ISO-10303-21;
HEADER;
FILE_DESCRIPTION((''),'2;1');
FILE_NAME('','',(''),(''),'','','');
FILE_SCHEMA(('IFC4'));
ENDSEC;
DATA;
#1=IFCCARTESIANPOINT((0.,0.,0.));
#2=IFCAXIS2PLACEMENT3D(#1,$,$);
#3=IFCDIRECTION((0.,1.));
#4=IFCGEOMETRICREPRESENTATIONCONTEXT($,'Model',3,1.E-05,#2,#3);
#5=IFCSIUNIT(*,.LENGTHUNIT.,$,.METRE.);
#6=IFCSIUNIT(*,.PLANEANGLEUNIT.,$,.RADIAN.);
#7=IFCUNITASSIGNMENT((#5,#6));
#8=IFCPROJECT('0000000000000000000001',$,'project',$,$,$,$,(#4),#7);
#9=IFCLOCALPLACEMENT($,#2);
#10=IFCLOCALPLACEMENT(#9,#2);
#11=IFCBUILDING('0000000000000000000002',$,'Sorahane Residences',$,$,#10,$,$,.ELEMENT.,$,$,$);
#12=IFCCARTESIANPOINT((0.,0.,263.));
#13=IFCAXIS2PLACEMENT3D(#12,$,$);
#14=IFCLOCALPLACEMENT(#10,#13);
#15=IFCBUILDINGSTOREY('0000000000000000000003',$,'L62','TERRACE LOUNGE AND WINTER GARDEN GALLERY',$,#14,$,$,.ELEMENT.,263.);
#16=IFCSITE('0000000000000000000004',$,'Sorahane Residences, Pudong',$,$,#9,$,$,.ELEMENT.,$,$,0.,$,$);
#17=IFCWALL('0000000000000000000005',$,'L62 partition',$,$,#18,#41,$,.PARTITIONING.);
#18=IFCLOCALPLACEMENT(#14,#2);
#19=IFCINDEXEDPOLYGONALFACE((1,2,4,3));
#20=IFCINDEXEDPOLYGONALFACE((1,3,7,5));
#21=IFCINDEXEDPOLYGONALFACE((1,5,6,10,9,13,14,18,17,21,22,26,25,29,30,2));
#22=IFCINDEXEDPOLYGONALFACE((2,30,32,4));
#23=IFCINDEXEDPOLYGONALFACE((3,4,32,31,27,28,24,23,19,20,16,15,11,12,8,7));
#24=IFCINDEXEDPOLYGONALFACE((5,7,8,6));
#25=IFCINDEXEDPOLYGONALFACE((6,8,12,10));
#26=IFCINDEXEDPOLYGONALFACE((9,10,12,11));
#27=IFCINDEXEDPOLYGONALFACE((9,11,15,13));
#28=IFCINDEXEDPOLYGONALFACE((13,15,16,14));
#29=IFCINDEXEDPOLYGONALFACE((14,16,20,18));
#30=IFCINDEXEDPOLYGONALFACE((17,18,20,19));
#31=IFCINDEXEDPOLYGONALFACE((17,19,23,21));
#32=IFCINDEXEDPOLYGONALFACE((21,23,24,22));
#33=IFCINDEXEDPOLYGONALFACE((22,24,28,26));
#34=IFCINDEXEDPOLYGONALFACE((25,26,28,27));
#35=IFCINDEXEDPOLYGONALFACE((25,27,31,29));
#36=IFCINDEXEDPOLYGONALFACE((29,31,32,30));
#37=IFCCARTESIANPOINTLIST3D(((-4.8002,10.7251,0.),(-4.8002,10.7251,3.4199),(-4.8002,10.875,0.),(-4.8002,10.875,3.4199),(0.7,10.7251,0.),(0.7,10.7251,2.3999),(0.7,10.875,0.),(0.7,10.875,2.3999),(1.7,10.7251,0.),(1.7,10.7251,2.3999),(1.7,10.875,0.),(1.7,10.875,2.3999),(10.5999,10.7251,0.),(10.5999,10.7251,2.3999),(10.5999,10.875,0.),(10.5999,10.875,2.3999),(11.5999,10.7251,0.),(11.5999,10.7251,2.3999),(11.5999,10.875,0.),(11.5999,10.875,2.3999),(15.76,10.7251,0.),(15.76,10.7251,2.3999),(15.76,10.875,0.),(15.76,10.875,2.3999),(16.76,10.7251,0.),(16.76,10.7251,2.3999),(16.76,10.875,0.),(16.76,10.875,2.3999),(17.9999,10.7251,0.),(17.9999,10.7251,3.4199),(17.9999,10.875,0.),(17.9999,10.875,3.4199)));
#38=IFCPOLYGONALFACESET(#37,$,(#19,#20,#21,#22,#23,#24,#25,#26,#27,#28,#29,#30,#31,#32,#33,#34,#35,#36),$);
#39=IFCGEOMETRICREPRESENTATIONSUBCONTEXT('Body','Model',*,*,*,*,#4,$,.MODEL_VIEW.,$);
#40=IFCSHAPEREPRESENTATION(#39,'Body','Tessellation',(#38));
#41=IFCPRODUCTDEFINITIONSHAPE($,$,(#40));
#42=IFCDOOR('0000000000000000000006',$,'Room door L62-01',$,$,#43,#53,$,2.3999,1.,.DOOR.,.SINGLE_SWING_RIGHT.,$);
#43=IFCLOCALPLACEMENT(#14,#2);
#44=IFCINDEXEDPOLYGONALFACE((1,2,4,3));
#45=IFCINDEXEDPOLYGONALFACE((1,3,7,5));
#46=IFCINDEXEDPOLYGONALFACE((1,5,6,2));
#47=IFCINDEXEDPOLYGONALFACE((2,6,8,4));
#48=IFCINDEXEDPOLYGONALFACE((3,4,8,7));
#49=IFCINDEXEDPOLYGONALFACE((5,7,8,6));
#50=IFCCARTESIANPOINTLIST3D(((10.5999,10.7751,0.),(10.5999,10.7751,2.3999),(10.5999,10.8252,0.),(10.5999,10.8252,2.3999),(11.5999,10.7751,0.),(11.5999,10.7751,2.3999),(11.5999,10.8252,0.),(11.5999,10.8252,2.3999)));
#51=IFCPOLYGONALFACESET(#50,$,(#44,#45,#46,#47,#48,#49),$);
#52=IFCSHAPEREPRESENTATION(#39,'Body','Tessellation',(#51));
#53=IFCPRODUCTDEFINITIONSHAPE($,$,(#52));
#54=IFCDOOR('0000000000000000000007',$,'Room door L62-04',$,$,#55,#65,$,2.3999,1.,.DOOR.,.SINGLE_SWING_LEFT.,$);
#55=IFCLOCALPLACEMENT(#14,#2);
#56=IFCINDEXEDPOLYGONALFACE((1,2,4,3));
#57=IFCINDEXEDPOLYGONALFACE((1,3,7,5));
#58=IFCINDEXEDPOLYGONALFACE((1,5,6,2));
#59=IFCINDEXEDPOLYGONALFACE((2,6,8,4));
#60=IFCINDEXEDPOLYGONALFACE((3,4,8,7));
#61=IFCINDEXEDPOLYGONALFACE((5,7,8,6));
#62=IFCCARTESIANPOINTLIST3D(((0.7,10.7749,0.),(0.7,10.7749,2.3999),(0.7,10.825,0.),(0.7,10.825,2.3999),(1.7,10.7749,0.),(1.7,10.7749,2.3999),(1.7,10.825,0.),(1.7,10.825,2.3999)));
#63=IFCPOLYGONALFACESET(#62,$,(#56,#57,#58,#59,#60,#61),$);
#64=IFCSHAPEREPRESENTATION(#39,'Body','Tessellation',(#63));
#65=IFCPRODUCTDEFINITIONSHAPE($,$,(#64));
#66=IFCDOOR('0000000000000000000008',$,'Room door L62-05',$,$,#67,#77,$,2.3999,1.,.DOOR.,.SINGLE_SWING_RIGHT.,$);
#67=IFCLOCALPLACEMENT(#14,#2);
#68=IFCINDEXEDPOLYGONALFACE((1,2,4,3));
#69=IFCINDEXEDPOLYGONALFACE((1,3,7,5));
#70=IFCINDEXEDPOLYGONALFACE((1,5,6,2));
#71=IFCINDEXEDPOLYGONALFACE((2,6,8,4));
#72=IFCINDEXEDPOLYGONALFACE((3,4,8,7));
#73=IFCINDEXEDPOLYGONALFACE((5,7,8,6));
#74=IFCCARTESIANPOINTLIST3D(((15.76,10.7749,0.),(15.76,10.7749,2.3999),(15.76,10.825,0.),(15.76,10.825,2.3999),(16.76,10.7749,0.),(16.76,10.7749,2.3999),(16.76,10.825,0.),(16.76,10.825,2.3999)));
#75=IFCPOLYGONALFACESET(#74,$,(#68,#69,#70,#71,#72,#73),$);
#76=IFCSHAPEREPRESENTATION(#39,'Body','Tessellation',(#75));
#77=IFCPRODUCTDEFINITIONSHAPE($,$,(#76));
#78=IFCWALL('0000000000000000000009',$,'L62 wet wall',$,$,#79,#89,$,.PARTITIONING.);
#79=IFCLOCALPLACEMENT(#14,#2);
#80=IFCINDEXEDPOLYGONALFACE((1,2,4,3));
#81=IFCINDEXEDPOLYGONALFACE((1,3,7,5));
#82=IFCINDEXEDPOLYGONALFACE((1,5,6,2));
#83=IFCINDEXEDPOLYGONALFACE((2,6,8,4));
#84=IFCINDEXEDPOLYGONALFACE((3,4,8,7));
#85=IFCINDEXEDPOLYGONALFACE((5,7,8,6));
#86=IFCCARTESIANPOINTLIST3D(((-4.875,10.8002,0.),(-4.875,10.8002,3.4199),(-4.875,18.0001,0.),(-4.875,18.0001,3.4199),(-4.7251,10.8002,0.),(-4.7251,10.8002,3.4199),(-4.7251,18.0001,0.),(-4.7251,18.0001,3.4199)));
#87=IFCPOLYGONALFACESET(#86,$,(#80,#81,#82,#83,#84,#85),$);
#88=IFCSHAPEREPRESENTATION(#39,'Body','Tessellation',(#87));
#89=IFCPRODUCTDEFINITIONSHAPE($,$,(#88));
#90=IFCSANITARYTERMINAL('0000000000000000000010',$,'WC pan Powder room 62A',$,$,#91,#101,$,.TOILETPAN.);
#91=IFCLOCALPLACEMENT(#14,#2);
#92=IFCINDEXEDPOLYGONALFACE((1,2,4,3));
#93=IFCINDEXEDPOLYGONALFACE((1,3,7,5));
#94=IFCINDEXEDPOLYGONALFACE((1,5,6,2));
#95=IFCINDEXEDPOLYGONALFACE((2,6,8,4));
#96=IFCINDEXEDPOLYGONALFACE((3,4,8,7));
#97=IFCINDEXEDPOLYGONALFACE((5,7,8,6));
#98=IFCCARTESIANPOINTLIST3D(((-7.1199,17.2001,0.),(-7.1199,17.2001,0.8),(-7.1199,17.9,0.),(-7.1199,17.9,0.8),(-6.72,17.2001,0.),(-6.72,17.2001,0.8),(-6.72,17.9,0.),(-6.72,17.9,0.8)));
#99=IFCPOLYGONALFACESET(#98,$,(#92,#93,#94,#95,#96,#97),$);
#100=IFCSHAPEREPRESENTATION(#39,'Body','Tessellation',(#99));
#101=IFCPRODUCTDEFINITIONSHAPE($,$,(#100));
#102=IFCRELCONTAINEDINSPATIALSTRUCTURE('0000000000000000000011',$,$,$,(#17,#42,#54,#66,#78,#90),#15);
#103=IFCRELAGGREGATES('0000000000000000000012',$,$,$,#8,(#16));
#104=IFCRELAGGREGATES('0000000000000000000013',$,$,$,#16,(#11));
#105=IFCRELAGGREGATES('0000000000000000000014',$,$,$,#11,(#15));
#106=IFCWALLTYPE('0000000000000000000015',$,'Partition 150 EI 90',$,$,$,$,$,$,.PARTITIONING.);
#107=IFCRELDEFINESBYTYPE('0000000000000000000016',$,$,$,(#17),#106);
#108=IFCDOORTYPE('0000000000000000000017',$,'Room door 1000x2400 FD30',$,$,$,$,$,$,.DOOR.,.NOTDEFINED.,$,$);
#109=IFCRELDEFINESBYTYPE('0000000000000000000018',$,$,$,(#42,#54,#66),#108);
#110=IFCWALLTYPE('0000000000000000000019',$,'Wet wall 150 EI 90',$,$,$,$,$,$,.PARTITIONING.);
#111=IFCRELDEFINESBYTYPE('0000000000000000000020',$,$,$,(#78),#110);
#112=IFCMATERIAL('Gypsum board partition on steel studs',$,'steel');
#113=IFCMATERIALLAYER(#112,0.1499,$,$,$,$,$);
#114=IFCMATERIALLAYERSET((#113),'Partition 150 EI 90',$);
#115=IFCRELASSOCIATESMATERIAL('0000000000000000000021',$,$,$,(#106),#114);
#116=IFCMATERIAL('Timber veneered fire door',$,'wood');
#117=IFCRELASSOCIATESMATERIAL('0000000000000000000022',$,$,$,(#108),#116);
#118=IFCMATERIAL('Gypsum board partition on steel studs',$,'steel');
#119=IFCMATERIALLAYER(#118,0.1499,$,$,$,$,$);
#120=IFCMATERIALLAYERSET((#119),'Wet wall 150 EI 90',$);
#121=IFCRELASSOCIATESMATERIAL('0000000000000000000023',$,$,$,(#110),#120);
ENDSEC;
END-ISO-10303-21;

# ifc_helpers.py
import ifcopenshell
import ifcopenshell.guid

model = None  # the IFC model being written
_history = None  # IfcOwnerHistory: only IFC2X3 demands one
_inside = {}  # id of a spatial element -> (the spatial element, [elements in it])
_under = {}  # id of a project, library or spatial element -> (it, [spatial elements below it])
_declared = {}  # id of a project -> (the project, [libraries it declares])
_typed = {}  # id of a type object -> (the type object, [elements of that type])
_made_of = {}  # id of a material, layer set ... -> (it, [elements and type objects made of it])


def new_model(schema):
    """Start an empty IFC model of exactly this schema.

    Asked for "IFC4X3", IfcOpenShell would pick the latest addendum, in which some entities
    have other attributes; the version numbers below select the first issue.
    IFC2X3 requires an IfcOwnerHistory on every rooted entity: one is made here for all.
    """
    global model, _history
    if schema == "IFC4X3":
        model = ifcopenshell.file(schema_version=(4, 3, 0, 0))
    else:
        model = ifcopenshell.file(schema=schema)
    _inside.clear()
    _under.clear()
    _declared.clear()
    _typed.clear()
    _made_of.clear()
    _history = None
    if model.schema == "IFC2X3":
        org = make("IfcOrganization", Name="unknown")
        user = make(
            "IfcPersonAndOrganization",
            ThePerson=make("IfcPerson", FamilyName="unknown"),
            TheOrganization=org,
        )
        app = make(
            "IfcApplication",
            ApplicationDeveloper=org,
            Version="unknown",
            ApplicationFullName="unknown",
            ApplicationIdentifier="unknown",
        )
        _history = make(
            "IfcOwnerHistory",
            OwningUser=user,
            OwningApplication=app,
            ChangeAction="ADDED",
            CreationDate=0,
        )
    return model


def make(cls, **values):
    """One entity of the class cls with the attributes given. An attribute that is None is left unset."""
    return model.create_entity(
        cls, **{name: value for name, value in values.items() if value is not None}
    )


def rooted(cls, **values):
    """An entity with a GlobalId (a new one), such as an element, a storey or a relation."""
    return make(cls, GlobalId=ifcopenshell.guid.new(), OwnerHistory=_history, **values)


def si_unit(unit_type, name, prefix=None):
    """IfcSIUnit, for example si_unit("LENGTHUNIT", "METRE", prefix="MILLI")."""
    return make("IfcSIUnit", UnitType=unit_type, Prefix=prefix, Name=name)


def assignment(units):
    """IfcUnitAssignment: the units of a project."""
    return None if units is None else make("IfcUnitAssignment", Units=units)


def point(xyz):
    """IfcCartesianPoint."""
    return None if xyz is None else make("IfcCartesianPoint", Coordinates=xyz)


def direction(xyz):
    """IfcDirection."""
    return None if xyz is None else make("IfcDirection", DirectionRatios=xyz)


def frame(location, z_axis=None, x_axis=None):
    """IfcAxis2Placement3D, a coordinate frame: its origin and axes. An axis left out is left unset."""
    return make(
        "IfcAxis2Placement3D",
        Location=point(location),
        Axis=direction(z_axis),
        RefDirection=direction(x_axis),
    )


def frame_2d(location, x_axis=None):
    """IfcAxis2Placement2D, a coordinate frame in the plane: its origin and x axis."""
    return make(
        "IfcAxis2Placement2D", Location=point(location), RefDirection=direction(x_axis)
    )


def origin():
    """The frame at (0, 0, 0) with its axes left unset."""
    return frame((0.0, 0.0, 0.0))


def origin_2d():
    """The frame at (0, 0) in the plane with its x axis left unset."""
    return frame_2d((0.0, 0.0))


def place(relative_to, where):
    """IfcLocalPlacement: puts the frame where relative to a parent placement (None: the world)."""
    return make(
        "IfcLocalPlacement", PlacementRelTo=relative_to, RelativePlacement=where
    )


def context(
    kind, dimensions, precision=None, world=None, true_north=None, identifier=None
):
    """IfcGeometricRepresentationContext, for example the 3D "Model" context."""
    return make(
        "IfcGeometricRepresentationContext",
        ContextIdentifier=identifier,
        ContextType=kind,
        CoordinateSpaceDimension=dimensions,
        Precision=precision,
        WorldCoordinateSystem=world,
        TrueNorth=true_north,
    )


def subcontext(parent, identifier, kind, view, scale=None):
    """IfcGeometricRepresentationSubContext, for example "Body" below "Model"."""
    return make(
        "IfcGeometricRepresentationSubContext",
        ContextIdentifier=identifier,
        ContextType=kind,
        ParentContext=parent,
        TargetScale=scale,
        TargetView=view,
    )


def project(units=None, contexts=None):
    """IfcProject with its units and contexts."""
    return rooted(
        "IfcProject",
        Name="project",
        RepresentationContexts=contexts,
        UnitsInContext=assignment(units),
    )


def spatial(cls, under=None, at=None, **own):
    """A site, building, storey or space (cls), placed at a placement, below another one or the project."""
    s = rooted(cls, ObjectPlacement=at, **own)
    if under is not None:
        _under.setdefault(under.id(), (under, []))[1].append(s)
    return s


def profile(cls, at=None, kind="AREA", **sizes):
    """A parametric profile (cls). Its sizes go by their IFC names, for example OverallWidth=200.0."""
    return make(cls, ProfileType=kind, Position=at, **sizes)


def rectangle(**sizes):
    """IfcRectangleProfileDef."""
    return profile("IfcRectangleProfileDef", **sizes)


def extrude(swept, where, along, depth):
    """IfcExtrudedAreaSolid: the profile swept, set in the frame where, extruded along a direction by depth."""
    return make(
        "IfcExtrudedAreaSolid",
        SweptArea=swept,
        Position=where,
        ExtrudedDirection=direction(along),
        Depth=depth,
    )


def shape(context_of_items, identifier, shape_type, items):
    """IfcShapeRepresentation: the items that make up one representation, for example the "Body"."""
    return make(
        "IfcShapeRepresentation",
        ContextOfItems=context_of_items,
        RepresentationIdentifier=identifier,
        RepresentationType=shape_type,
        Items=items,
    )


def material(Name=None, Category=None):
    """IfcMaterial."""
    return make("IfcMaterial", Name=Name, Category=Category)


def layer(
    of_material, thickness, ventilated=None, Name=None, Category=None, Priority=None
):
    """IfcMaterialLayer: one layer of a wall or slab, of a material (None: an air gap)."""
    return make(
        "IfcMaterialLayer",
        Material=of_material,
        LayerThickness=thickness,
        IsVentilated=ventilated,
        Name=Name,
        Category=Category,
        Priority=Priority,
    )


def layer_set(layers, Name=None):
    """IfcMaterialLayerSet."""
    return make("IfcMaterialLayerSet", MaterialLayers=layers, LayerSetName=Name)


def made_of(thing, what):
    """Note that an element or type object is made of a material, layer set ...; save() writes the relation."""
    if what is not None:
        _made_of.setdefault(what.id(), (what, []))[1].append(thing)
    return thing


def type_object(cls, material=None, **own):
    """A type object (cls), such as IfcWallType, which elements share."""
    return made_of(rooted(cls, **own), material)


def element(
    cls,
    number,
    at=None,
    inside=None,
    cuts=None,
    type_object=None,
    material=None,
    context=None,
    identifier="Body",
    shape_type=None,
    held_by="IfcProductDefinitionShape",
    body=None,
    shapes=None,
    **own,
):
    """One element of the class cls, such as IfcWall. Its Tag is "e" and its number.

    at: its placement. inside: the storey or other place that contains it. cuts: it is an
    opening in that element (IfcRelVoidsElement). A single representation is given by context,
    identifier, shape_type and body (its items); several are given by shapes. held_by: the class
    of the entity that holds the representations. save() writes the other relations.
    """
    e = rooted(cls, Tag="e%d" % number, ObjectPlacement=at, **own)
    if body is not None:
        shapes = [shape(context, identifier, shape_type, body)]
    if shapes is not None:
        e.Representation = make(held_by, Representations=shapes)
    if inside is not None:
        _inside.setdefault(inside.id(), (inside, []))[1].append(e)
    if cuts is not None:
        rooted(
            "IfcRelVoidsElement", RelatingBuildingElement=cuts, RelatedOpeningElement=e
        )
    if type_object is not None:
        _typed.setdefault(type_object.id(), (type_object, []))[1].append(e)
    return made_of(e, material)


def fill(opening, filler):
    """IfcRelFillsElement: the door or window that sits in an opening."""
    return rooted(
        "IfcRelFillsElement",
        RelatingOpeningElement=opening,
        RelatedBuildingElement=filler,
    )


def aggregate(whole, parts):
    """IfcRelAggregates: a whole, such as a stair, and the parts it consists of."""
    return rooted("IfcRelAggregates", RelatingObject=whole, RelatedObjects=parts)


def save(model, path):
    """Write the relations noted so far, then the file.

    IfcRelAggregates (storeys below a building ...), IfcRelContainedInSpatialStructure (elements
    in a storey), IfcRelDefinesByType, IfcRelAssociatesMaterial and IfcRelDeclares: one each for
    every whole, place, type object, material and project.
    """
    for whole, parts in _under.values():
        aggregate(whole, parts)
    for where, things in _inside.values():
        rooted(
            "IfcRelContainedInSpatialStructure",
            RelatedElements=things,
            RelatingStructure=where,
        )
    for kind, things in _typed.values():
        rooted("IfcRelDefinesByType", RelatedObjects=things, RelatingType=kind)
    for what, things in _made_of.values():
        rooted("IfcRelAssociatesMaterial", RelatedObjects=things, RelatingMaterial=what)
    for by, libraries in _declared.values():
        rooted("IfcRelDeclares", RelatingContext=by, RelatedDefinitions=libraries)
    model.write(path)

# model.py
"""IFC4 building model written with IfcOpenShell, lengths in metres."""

from ifc_helpers import new_model, si_unit, direction, frame, frame_2d, origin, origin_2d, place, context, subcontext, project, spatial, rectangle, extrude, material, layer, layer_set, type_object, element, fill, save


model = new_model("IFC4")

# Units and contexts
model_context = context("Model", 3, precision=1e-05, world=origin(), true_north=direction((0.0, 1.0)))
body_context = subcontext(model_context, "Body", "Model", "MODEL_VIEW")
ifc_project = project(units=[si_unit("LENGTHUNIT", "METRE"), si_unit("PLANEANGLEUNIT", "RADIAN")], contexts=[model_context])

# Site, building, storey
site_placement = place(None, origin())
site = spatial("IfcSite", under=ifc_project, at=site_placement, Name="Sorahane Residences, Pudong", CompositionType="ELEMENT", RefElevation=0.0)
building_placement = place(site_placement, origin())
building = spatial("IfcBuilding", under=site, at=building_placement, Name="Sorahane Residences", CompositionType="ELEMENT")
storey_placement = place(building_placement, frame((0.0, 0.0, 263.0)))
storey = spatial("IfcBuildingStorey", under=building, at=storey_placement, Name="L62", Description="TERRACE LOUNGE AND WINTER GARDEN GALLERY", CompositionType="ELEMENT", Elevation=263.0)

# Wall, openings, doors
ifc_material_1 = material(Name="Gypsum board partition on steel studs", Category="steel")
ifc_layer_1 = layer(ifc_material_1, 0.1499)
ifc_layer_set_1 = layer_set([ifc_layer_1], Name="Partition 150 EI 90")
wall_type_1 = type_object("IfcWallType", Name="Partition 150 EI 90", PredefinedType="PARTITIONING", material=ifc_layer_set_1)
wall_1_placement = place(storey_placement, frame((-4.8, 10.8, 0.0), z_axis=(0.0, 0.0, 1.0), x_axis=(1.0, 0.0, 0.0)))
wall_1 = element("IfcWall", 1, at=wall_1_placement, inside=storey, type_object=wall_type_1, Name="L62 partition", PredefinedType="PARTITIONING", context=body_context, shape_type="SweptSolid", body=[
    extrude(rectangle(XDim=22.8, YDim=0.1499, at=frame_2d((11.3999, 0.0))), origin(), (0.0, 0.0, 1.0), 3.4199),
])
opening_1_placement = place(wall_1_placement, frame((15.3999, 0.0, 0.0)))
opening_1 = element("IfcOpeningElement", 2, at=opening_1_placement, cuts=wall_1, PredefinedType="OPENING", context=body_context, shape_type="SweptSolid", body=[
    extrude(rectangle(XDim=1.0, YDim=2.3999, at=frame_2d((0.5, 1.2))), frame((0.0, 0.085, 0.0), z_axis=(0.0, -1.0, 0.0), x_axis=(1.0, 0.0, 0.0)), (0.0, 0.0, 1.0), 0.1699),
])
opening_2_placement = place(wall_1_placement, frame((5.5, 0.0, 0.0)))
opening_2 = element("IfcOpeningElement", 3, at=opening_2_placement, cuts=wall_1, PredefinedType="OPENING", context=body_context, shape_type="SweptSolid", body=[
    extrude(rectangle(XDim=1.0, YDim=2.3999, at=frame_2d((0.5, 1.2))), frame((0.0, 0.085, 0.0), z_axis=(0.0, -1.0, 0.0), x_axis=(1.0, 0.0, 0.0)), (0.0, 0.0, 1.0), 0.1699),
])
opening_3_placement = place(wall_1_placement, frame((20.5601, 0.0, 0.0)))
opening_3 = element("IfcOpeningElement", 4, at=opening_3_placement, cuts=wall_1, PredefinedType="OPENING", context=body_context, shape_type="SweptSolid", body=[
    extrude(rectangle(XDim=1.0, YDim=2.3999, at=frame_2d((0.5, 1.2))), frame((0.0, 0.085, 0.0), z_axis=(0.0, -1.0, 0.0), x_axis=(1.0, 0.0, 0.0)), (0.0, 0.0, 1.0), 0.1699),
])
ifc_material_2 = material(Name="Timber veneered fire door", Category="wood")
door_type_1 = type_object("IfcDoorType", Name="Room door 1000x2400 FD30", OperationType="NOTDEFINED", PredefinedType="DOOR", material=ifc_material_2)
door_1_placement = place(opening_1_placement, frame((1.0, 0.0, 0.0), z_axis=(0.0, 0.0, 1.0), x_axis=(-1.0, 0.0, 0.0)))
door_1 = element("IfcDoor", 5, at=door_1_placement, inside=storey, type_object=door_type_1, Name="Room door L62-01", OperationType="SINGLE_SWING_RIGHT", OverallHeight=2.3999, OverallWidth=1.0, PredefinedType="DOOR", context=body_context, shape_type="SweptSolid", body=[
    extrude(rectangle(XDim=1.0, YDim=2.3999, at=frame_2d((0.5, 1.2))), frame((0.0, 0.0249, 0.0), z_axis=(0.0, -1.0, 0.0), x_axis=(1.0, 0.0, 0.0)), (0.0, 0.0, 1.0), 0.05),
])
fill(opening_1, door_1)
door_2_placement = place(opening_2_placement, origin())
door_2 = element("IfcDoor", 6, at=door_2_placement, inside=storey, type_object=door_type_1, Name="Room door L62-04", OperationType="SINGLE_SWING_LEFT", OverallHeight=2.3999, OverallWidth=1.0, PredefinedType="DOOR", context=body_context, shape_type="SweptSolid", body=[
    extrude(rectangle(XDim=1.0, YDim=2.3999, at=frame_2d((0.5, 1.2))), frame((0.0, 0.0249, 0.0), z_axis=(0.0, -1.0, 0.0), x_axis=(1.0, 0.0, 0.0)), (0.0, 0.0, 1.0), 0.05),
])
fill(opening_2, door_2)
door_3_placement = place(opening_3_placement, origin())
door_3 = element("IfcDoor", 7, at=door_3_placement, inside=storey, type_object=door_type_1, Name="Room door L62-05", OperationType="SINGLE_SWING_RIGHT", OverallHeight=2.3999, OverallWidth=1.0, PredefinedType="DOOR", context=body_context, shape_type="SweptSolid", body=[
    extrude(rectangle(XDim=1.0, YDim=2.3999, at=frame_2d((0.5, 1.2))), frame((0.0, 0.0249, 0.0), z_axis=(0.0, -1.0, 0.0), x_axis=(1.0, 0.0, 0.0)), (0.0, 0.0, 1.0), 0.05),
])
fill(opening_3, door_3)

# Wall
ifc_material_3 = material(Name="Gypsum board partition on steel studs", Category="steel")
ifc_layer_2 = layer(ifc_material_3, 0.1499)
ifc_layer_set_2 = layer_set([ifc_layer_2], Name="Wet wall 150 EI 90")
wall_type_2 = type_object("IfcWallType", Name="Wet wall 150 EI 90", PredefinedType="PARTITIONING", material=ifc_layer_set_2)
wall_2_placement = place(storey_placement, frame((-4.8, 10.8, 0.0), z_axis=(0.0, 0.0, 1.0), x_axis=(0.0, 1.0, 0.0)))
element("IfcWall", 8, at=wall_2_placement, inside=storey, type_object=wall_type_2, Name="L62 wet wall", PredefinedType="PARTITIONING", context=body_context, shape_type="SweptSolid", body=[
    extrude(rectangle(XDim=7.2, YDim=0.1499, at=frame_2d((3.6001, 0.0))), origin(), (0.0, 0.0, 1.0), 3.4199),
])

# Sanitary terminal
sanitary_terminal_placement = place(storey_placement, frame((-6.9199, 17.55, 0.0), z_axis=(0.0, 0.0, 1.0), x_axis=(1.0, 0.0, 0.0)))
element("IfcSanitaryTerminal", 9, at=sanitary_terminal_placement, inside=storey, Name="WC pan Powder room 62A", PredefinedType="TOILETPAN", context=body_context, shape_type="SweptSolid", body=[
    extrude(rectangle(XDim=0.3999, YDim=0.7, at=origin_2d()), origin(), (0.0, 0.0, 1.0), 0.8),
])

save(model, "model.ifc")
